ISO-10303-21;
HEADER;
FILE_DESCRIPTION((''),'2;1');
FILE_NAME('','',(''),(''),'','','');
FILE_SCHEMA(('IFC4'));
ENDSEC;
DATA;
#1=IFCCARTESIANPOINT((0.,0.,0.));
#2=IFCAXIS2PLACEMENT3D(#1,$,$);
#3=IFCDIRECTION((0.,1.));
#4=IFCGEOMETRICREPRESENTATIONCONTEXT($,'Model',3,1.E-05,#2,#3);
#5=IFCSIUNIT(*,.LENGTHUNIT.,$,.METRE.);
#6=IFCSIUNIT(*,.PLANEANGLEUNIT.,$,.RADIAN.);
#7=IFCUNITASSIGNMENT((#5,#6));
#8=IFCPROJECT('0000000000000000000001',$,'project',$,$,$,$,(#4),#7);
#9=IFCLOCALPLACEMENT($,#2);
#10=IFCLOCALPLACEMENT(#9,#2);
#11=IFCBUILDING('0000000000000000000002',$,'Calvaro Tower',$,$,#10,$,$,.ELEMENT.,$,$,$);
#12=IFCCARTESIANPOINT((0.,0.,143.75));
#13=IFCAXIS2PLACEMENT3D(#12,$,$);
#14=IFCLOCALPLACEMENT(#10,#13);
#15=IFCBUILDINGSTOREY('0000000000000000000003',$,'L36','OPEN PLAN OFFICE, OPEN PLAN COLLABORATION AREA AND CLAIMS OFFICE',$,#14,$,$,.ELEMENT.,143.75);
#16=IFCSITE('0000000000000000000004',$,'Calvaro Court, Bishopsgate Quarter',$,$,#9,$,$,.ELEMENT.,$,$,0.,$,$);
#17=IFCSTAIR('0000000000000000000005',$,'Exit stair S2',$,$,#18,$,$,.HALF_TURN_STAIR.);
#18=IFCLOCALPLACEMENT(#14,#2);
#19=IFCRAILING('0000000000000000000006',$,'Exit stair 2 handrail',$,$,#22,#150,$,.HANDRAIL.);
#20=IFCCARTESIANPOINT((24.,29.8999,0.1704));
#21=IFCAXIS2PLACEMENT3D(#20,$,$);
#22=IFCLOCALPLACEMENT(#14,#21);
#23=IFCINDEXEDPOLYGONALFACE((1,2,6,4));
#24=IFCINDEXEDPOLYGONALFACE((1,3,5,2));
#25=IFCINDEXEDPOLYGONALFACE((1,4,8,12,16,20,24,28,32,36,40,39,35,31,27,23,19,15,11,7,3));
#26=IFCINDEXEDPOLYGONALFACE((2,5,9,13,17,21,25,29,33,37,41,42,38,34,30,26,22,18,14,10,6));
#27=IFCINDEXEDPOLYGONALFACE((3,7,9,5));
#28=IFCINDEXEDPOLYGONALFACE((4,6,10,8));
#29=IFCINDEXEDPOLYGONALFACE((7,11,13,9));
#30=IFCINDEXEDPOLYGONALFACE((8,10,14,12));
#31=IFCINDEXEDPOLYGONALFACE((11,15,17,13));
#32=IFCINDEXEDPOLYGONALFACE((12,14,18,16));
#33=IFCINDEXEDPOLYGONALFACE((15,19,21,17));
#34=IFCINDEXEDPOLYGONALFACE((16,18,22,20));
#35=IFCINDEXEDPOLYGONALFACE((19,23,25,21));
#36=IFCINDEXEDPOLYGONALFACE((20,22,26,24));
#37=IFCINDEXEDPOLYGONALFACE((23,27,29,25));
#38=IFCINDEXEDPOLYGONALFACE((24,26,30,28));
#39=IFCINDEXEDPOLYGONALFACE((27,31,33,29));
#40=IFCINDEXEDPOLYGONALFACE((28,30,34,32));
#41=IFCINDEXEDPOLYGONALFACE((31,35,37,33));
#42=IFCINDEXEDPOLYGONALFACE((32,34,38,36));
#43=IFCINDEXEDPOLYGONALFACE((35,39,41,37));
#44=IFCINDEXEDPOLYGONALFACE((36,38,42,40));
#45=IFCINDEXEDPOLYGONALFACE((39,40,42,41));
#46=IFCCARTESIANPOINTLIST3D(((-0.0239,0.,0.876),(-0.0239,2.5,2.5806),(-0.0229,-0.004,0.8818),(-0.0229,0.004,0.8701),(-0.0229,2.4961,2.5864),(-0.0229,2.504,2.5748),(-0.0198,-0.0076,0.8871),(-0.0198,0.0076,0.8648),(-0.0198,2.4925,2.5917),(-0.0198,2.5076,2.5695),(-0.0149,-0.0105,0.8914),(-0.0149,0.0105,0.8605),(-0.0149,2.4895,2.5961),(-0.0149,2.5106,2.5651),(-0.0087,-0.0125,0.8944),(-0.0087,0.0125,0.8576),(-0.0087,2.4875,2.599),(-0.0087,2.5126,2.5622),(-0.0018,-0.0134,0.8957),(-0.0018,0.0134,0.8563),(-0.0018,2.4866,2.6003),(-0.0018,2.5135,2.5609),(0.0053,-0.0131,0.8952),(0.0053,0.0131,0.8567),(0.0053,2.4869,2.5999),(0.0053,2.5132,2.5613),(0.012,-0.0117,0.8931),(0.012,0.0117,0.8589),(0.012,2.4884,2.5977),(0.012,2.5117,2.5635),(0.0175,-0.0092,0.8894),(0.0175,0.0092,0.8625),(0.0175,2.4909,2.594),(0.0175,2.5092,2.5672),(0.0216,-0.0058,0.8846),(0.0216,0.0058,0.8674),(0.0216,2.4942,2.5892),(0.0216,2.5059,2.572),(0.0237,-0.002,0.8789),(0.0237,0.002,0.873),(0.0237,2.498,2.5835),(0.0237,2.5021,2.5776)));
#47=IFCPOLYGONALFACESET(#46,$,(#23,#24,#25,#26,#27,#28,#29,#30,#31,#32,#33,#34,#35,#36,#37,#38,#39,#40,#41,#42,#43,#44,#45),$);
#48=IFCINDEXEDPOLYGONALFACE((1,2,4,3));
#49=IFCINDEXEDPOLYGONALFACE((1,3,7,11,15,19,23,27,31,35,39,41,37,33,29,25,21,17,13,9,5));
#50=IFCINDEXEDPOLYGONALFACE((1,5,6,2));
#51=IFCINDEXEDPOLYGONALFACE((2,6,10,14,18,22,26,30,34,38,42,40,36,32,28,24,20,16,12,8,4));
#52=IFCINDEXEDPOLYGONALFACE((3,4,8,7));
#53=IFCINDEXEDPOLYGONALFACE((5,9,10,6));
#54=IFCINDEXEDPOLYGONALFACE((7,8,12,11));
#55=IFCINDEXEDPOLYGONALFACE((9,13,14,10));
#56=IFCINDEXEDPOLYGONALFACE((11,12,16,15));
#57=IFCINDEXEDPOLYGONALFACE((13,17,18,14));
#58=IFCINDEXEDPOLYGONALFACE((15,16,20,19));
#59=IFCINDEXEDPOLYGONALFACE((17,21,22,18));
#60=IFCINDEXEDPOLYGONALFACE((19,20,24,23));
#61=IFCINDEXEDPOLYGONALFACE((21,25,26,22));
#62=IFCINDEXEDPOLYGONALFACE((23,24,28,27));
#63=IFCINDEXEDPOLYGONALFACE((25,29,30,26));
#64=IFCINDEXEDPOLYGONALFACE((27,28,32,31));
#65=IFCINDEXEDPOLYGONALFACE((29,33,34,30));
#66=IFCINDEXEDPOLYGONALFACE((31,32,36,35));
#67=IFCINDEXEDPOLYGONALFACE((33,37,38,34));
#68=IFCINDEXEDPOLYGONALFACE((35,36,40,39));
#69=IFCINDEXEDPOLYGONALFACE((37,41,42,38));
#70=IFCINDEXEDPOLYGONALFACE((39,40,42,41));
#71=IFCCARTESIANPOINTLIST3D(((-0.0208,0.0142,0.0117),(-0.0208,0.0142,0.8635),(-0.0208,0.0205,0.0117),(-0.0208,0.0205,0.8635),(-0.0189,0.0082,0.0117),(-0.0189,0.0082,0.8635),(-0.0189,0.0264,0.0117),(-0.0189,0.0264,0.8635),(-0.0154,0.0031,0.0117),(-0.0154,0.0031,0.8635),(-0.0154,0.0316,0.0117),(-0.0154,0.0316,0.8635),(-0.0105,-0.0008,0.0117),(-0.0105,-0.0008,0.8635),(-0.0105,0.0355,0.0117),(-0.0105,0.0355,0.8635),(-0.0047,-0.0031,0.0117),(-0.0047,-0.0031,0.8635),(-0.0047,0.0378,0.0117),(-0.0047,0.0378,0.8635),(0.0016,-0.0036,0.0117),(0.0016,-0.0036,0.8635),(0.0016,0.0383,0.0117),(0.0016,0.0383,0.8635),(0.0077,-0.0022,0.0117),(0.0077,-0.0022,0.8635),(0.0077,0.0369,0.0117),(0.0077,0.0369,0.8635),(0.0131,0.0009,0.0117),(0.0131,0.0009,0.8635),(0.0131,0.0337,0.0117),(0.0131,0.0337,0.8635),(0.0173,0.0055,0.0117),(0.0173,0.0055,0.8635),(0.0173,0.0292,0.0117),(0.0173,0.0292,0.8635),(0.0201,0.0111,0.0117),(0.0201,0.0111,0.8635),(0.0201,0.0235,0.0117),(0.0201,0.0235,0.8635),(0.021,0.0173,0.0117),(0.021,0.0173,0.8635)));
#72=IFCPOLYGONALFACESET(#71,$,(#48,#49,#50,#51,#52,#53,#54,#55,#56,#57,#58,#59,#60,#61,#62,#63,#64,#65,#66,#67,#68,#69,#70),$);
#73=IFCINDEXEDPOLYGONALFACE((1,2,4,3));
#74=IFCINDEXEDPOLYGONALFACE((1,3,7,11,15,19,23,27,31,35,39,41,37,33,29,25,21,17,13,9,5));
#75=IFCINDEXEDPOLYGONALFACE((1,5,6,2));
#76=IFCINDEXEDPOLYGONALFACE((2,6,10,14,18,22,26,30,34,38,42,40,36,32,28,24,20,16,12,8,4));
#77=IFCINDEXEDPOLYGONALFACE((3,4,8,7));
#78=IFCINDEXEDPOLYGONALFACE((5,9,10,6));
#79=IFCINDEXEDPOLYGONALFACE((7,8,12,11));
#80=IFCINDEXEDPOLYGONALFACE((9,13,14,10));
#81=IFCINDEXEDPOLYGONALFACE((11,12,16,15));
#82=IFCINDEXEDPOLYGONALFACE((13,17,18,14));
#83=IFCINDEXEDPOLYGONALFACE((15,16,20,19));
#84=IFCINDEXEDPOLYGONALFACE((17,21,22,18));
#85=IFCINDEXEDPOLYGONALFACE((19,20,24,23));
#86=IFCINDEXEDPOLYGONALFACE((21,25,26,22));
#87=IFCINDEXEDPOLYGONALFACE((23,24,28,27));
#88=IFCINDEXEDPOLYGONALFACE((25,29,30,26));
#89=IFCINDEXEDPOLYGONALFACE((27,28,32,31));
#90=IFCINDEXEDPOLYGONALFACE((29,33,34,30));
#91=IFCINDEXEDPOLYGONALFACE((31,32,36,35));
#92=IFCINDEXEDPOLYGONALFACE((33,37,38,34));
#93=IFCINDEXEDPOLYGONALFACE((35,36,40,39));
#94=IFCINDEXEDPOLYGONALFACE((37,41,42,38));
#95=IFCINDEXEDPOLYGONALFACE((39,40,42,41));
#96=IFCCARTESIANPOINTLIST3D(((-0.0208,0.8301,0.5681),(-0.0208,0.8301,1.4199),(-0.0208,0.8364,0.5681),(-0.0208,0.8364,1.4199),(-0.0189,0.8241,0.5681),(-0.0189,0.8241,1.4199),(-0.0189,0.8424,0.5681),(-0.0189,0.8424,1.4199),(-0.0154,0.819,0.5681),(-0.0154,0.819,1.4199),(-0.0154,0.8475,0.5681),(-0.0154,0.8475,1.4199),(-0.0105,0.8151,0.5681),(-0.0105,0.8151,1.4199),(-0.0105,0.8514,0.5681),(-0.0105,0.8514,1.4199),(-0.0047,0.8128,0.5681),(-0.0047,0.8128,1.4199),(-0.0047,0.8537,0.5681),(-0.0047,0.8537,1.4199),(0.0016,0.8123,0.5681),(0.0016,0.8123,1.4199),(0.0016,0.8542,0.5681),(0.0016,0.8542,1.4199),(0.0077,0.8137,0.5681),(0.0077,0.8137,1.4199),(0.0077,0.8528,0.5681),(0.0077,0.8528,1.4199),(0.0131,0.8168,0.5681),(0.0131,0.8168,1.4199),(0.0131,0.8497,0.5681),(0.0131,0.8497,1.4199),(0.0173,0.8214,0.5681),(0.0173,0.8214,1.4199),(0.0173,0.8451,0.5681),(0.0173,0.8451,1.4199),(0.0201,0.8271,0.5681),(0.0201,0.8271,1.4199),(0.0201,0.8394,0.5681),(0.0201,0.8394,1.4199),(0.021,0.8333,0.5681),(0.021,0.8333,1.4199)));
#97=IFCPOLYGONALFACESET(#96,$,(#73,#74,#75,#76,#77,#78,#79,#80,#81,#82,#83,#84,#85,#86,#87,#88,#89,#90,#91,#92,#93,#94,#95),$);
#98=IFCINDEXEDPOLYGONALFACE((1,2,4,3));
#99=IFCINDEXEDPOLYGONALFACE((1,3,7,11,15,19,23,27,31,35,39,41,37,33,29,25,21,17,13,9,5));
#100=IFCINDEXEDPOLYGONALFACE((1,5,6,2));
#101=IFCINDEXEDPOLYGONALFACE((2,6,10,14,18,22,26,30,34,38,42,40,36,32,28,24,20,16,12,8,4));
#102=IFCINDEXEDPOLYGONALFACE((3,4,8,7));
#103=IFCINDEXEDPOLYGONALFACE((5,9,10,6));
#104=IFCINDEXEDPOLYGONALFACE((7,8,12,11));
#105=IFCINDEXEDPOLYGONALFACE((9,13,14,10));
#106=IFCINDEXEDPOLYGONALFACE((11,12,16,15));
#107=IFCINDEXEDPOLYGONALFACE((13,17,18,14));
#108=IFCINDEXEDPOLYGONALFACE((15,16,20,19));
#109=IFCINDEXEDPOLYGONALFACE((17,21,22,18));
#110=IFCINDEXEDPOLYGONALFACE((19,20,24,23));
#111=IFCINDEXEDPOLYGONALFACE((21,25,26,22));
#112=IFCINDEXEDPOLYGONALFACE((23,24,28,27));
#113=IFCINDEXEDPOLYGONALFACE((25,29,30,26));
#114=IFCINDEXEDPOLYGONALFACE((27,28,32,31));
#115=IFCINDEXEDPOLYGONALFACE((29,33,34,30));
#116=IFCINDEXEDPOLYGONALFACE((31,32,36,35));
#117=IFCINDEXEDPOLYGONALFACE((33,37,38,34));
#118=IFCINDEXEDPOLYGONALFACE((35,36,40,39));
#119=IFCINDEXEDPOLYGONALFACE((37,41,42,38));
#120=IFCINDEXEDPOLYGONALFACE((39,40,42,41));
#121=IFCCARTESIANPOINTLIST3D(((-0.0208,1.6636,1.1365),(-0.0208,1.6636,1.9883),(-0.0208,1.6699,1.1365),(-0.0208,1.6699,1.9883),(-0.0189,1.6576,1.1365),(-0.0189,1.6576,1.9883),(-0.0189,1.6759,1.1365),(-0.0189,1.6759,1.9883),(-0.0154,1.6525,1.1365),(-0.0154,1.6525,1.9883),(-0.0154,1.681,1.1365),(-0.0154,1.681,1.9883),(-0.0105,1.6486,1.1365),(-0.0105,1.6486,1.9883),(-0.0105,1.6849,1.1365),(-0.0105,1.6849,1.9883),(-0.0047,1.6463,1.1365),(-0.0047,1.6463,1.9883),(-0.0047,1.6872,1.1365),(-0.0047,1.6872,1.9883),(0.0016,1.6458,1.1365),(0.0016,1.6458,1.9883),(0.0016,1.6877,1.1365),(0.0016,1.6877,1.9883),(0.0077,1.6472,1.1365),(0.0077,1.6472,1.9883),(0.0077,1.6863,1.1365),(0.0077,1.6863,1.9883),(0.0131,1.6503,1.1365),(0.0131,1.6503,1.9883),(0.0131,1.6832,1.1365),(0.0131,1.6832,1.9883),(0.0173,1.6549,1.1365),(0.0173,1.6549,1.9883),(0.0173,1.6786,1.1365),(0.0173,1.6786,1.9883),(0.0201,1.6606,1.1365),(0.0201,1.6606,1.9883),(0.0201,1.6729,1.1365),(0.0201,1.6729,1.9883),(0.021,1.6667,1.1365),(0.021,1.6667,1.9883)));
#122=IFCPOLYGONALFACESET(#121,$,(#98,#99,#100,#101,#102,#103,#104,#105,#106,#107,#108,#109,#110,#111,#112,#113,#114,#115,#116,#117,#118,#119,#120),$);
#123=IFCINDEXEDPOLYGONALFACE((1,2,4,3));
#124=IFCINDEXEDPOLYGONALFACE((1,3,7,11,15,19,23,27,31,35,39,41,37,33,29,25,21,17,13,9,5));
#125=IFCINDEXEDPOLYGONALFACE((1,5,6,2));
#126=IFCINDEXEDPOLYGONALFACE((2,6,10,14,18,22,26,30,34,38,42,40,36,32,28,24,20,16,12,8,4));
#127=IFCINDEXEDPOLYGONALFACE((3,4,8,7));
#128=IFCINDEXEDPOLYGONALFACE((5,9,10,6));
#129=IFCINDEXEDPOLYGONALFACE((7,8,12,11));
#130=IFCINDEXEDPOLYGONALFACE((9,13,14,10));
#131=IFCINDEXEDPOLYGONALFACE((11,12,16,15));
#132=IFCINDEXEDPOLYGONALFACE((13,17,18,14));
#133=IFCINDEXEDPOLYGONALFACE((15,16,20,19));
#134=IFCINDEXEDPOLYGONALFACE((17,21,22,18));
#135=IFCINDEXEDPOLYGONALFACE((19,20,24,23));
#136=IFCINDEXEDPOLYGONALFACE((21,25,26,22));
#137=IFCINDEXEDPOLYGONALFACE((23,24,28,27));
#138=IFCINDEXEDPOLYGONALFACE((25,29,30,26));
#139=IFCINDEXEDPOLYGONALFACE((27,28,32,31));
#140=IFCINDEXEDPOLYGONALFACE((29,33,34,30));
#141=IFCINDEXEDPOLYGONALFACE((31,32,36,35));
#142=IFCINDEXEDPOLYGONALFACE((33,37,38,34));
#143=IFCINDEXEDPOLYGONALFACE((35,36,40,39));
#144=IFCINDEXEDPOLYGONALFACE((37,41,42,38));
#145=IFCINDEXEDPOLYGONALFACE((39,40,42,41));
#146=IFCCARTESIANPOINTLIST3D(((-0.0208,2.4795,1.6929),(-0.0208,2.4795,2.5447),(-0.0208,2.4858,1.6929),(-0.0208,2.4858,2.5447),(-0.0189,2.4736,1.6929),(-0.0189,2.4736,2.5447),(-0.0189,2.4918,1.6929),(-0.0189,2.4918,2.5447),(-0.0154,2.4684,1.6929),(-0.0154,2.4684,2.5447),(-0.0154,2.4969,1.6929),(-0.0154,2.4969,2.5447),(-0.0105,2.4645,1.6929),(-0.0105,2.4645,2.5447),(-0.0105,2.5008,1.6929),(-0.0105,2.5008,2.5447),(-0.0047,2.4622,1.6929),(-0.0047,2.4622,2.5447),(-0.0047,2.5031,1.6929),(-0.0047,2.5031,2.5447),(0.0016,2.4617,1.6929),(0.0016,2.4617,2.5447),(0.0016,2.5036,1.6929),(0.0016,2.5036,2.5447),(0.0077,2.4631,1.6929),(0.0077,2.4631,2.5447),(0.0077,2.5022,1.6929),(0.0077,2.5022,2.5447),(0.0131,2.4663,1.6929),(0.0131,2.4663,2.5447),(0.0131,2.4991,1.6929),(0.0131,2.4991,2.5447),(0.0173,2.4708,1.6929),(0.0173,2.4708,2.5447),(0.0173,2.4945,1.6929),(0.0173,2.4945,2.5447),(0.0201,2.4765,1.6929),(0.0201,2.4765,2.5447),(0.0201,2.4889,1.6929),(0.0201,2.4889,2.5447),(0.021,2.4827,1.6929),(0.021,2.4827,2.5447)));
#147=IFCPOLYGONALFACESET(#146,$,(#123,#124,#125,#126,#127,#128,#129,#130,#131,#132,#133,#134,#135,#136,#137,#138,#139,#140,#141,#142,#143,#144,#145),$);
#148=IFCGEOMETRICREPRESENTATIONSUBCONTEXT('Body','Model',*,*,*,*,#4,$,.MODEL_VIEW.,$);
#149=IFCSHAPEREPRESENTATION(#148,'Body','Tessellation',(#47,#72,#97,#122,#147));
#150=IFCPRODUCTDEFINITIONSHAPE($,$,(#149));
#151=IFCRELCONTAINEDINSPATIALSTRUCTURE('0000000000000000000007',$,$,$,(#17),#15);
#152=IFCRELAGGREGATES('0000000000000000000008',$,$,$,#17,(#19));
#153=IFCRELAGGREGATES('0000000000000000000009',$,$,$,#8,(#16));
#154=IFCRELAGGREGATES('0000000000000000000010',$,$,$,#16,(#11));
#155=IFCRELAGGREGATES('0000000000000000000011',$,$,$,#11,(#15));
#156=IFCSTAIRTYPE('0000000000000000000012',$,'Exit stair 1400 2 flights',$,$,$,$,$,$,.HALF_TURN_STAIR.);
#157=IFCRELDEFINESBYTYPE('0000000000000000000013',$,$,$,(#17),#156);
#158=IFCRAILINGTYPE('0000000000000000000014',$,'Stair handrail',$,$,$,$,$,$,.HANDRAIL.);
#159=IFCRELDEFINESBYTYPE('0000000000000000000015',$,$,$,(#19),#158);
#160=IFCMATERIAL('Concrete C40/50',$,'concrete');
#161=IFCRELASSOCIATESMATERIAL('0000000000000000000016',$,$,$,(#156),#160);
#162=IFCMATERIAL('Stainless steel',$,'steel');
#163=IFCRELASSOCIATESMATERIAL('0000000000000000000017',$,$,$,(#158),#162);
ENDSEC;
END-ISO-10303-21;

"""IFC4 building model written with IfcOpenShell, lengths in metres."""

from ifc_helpers import new_model, si_unit, direction, frame, origin, origin_2d, place, context, subcontext, project, spatial, circle, extrude, material, type_object, element, aggregate, save


model = new_model("IFC4")

# Units and contexts
model_context = context("Model", 3, precision=1e-05, world=origin(), true_north=direction((0.0, 1.0)))
body_context = subcontext(model_context, "Body", "Model", "MODEL_VIEW")
ifc_project = project(units=[si_unit("LENGTHUNIT", "METRE"), si_unit("PLANEANGLEUNIT", "RADIAN")], contexts=[model_context])

# Site, building, storey
site_placement = place(None, origin())
site = spatial("IfcSite", under=ifc_project, at=site_placement, Name="Calvaro Court, Bishopsgate Quarter", CompositionType="ELEMENT", RefElevation=0.0)
building_placement = place(site_placement, origin())
building = spatial("IfcBuilding", under=site, at=building_placement, Name="Calvaro Tower", CompositionType="ELEMENT")
storey_placement = place(building_placement, frame((0.0, 0.0, 143.75)))
storey = spatial("IfcBuildingStorey", under=building, at=storey_placement, Name="L36", Description="OPEN PLAN OFFICE, OPEN PLAN COLLABORATION AREA AND CLAIMS OFFICE", CompositionType="ELEMENT", Elevation=143.75)

# Stair, railing
ifc_material_1 = material(Name="Concrete C40/50", Category="concrete")
stair_type = type_object("IfcStairType", Name="Exit stair 1400 2 flights", PredefinedType="HALF_TURN_STAIR", material=ifc_material_1)
stair_placement = place(storey_placement, origin())
stair = element("IfcStair", 1, at=stair_placement, inside=storey, type_object=stair_type, Name="Exit stair S2", PredefinedType="HALF_TURN_STAIR")
ifc_material_2 = material(Name="Stainless steel", Category="steel")
railing_type = type_object("IfcRailingType", Name="Stair handrail", PredefinedType="HANDRAIL", material=ifc_material_2)
railing_1_placement = place(storey_placement, frame((24.0, 29.8999, 0.1704)))
railing_1 = element("IfcRailing", 2, at=railing_1_placement, type_object=railing_type, Name="Exit stair 2 handrail", PredefinedType="HANDRAIL", context=body_context, shape_type="SweptSolid", body=[
    extrude(circle(Radius=0.0239, at=origin_2d()), frame((0.0, 0.0, 0.876), z_axis=(0.0, 0.826221, 0.563347), x_axis=(-1.0, 0.0, 0.0)), (0.0, 0.0, 1.0), 3.0259),
    extrude(circle(Radius=0.021, at=origin_2d()), frame((0.0, 0.0173, 0.0117)), (0.0, 0.0, 1.0), 0.8518),
    extrude(circle(Radius=0.021, at=origin_2d()), frame((0.0, 0.8333, 0.5681)), (0.0, 0.0, 1.0), 0.8518),
    extrude(circle(Radius=0.021, at=origin_2d()), frame((0.0, 1.6667, 1.1365)), (0.0, 0.0, 1.0), 0.8518),
    extrude(circle(Radius=0.021, at=origin_2d()), frame((0.0, 2.4827, 1.6929)), (0.0, 0.0, 1.0), 0.8518),
])
aggregate(stair, [railing_1])

save(model, "model.ifc")
